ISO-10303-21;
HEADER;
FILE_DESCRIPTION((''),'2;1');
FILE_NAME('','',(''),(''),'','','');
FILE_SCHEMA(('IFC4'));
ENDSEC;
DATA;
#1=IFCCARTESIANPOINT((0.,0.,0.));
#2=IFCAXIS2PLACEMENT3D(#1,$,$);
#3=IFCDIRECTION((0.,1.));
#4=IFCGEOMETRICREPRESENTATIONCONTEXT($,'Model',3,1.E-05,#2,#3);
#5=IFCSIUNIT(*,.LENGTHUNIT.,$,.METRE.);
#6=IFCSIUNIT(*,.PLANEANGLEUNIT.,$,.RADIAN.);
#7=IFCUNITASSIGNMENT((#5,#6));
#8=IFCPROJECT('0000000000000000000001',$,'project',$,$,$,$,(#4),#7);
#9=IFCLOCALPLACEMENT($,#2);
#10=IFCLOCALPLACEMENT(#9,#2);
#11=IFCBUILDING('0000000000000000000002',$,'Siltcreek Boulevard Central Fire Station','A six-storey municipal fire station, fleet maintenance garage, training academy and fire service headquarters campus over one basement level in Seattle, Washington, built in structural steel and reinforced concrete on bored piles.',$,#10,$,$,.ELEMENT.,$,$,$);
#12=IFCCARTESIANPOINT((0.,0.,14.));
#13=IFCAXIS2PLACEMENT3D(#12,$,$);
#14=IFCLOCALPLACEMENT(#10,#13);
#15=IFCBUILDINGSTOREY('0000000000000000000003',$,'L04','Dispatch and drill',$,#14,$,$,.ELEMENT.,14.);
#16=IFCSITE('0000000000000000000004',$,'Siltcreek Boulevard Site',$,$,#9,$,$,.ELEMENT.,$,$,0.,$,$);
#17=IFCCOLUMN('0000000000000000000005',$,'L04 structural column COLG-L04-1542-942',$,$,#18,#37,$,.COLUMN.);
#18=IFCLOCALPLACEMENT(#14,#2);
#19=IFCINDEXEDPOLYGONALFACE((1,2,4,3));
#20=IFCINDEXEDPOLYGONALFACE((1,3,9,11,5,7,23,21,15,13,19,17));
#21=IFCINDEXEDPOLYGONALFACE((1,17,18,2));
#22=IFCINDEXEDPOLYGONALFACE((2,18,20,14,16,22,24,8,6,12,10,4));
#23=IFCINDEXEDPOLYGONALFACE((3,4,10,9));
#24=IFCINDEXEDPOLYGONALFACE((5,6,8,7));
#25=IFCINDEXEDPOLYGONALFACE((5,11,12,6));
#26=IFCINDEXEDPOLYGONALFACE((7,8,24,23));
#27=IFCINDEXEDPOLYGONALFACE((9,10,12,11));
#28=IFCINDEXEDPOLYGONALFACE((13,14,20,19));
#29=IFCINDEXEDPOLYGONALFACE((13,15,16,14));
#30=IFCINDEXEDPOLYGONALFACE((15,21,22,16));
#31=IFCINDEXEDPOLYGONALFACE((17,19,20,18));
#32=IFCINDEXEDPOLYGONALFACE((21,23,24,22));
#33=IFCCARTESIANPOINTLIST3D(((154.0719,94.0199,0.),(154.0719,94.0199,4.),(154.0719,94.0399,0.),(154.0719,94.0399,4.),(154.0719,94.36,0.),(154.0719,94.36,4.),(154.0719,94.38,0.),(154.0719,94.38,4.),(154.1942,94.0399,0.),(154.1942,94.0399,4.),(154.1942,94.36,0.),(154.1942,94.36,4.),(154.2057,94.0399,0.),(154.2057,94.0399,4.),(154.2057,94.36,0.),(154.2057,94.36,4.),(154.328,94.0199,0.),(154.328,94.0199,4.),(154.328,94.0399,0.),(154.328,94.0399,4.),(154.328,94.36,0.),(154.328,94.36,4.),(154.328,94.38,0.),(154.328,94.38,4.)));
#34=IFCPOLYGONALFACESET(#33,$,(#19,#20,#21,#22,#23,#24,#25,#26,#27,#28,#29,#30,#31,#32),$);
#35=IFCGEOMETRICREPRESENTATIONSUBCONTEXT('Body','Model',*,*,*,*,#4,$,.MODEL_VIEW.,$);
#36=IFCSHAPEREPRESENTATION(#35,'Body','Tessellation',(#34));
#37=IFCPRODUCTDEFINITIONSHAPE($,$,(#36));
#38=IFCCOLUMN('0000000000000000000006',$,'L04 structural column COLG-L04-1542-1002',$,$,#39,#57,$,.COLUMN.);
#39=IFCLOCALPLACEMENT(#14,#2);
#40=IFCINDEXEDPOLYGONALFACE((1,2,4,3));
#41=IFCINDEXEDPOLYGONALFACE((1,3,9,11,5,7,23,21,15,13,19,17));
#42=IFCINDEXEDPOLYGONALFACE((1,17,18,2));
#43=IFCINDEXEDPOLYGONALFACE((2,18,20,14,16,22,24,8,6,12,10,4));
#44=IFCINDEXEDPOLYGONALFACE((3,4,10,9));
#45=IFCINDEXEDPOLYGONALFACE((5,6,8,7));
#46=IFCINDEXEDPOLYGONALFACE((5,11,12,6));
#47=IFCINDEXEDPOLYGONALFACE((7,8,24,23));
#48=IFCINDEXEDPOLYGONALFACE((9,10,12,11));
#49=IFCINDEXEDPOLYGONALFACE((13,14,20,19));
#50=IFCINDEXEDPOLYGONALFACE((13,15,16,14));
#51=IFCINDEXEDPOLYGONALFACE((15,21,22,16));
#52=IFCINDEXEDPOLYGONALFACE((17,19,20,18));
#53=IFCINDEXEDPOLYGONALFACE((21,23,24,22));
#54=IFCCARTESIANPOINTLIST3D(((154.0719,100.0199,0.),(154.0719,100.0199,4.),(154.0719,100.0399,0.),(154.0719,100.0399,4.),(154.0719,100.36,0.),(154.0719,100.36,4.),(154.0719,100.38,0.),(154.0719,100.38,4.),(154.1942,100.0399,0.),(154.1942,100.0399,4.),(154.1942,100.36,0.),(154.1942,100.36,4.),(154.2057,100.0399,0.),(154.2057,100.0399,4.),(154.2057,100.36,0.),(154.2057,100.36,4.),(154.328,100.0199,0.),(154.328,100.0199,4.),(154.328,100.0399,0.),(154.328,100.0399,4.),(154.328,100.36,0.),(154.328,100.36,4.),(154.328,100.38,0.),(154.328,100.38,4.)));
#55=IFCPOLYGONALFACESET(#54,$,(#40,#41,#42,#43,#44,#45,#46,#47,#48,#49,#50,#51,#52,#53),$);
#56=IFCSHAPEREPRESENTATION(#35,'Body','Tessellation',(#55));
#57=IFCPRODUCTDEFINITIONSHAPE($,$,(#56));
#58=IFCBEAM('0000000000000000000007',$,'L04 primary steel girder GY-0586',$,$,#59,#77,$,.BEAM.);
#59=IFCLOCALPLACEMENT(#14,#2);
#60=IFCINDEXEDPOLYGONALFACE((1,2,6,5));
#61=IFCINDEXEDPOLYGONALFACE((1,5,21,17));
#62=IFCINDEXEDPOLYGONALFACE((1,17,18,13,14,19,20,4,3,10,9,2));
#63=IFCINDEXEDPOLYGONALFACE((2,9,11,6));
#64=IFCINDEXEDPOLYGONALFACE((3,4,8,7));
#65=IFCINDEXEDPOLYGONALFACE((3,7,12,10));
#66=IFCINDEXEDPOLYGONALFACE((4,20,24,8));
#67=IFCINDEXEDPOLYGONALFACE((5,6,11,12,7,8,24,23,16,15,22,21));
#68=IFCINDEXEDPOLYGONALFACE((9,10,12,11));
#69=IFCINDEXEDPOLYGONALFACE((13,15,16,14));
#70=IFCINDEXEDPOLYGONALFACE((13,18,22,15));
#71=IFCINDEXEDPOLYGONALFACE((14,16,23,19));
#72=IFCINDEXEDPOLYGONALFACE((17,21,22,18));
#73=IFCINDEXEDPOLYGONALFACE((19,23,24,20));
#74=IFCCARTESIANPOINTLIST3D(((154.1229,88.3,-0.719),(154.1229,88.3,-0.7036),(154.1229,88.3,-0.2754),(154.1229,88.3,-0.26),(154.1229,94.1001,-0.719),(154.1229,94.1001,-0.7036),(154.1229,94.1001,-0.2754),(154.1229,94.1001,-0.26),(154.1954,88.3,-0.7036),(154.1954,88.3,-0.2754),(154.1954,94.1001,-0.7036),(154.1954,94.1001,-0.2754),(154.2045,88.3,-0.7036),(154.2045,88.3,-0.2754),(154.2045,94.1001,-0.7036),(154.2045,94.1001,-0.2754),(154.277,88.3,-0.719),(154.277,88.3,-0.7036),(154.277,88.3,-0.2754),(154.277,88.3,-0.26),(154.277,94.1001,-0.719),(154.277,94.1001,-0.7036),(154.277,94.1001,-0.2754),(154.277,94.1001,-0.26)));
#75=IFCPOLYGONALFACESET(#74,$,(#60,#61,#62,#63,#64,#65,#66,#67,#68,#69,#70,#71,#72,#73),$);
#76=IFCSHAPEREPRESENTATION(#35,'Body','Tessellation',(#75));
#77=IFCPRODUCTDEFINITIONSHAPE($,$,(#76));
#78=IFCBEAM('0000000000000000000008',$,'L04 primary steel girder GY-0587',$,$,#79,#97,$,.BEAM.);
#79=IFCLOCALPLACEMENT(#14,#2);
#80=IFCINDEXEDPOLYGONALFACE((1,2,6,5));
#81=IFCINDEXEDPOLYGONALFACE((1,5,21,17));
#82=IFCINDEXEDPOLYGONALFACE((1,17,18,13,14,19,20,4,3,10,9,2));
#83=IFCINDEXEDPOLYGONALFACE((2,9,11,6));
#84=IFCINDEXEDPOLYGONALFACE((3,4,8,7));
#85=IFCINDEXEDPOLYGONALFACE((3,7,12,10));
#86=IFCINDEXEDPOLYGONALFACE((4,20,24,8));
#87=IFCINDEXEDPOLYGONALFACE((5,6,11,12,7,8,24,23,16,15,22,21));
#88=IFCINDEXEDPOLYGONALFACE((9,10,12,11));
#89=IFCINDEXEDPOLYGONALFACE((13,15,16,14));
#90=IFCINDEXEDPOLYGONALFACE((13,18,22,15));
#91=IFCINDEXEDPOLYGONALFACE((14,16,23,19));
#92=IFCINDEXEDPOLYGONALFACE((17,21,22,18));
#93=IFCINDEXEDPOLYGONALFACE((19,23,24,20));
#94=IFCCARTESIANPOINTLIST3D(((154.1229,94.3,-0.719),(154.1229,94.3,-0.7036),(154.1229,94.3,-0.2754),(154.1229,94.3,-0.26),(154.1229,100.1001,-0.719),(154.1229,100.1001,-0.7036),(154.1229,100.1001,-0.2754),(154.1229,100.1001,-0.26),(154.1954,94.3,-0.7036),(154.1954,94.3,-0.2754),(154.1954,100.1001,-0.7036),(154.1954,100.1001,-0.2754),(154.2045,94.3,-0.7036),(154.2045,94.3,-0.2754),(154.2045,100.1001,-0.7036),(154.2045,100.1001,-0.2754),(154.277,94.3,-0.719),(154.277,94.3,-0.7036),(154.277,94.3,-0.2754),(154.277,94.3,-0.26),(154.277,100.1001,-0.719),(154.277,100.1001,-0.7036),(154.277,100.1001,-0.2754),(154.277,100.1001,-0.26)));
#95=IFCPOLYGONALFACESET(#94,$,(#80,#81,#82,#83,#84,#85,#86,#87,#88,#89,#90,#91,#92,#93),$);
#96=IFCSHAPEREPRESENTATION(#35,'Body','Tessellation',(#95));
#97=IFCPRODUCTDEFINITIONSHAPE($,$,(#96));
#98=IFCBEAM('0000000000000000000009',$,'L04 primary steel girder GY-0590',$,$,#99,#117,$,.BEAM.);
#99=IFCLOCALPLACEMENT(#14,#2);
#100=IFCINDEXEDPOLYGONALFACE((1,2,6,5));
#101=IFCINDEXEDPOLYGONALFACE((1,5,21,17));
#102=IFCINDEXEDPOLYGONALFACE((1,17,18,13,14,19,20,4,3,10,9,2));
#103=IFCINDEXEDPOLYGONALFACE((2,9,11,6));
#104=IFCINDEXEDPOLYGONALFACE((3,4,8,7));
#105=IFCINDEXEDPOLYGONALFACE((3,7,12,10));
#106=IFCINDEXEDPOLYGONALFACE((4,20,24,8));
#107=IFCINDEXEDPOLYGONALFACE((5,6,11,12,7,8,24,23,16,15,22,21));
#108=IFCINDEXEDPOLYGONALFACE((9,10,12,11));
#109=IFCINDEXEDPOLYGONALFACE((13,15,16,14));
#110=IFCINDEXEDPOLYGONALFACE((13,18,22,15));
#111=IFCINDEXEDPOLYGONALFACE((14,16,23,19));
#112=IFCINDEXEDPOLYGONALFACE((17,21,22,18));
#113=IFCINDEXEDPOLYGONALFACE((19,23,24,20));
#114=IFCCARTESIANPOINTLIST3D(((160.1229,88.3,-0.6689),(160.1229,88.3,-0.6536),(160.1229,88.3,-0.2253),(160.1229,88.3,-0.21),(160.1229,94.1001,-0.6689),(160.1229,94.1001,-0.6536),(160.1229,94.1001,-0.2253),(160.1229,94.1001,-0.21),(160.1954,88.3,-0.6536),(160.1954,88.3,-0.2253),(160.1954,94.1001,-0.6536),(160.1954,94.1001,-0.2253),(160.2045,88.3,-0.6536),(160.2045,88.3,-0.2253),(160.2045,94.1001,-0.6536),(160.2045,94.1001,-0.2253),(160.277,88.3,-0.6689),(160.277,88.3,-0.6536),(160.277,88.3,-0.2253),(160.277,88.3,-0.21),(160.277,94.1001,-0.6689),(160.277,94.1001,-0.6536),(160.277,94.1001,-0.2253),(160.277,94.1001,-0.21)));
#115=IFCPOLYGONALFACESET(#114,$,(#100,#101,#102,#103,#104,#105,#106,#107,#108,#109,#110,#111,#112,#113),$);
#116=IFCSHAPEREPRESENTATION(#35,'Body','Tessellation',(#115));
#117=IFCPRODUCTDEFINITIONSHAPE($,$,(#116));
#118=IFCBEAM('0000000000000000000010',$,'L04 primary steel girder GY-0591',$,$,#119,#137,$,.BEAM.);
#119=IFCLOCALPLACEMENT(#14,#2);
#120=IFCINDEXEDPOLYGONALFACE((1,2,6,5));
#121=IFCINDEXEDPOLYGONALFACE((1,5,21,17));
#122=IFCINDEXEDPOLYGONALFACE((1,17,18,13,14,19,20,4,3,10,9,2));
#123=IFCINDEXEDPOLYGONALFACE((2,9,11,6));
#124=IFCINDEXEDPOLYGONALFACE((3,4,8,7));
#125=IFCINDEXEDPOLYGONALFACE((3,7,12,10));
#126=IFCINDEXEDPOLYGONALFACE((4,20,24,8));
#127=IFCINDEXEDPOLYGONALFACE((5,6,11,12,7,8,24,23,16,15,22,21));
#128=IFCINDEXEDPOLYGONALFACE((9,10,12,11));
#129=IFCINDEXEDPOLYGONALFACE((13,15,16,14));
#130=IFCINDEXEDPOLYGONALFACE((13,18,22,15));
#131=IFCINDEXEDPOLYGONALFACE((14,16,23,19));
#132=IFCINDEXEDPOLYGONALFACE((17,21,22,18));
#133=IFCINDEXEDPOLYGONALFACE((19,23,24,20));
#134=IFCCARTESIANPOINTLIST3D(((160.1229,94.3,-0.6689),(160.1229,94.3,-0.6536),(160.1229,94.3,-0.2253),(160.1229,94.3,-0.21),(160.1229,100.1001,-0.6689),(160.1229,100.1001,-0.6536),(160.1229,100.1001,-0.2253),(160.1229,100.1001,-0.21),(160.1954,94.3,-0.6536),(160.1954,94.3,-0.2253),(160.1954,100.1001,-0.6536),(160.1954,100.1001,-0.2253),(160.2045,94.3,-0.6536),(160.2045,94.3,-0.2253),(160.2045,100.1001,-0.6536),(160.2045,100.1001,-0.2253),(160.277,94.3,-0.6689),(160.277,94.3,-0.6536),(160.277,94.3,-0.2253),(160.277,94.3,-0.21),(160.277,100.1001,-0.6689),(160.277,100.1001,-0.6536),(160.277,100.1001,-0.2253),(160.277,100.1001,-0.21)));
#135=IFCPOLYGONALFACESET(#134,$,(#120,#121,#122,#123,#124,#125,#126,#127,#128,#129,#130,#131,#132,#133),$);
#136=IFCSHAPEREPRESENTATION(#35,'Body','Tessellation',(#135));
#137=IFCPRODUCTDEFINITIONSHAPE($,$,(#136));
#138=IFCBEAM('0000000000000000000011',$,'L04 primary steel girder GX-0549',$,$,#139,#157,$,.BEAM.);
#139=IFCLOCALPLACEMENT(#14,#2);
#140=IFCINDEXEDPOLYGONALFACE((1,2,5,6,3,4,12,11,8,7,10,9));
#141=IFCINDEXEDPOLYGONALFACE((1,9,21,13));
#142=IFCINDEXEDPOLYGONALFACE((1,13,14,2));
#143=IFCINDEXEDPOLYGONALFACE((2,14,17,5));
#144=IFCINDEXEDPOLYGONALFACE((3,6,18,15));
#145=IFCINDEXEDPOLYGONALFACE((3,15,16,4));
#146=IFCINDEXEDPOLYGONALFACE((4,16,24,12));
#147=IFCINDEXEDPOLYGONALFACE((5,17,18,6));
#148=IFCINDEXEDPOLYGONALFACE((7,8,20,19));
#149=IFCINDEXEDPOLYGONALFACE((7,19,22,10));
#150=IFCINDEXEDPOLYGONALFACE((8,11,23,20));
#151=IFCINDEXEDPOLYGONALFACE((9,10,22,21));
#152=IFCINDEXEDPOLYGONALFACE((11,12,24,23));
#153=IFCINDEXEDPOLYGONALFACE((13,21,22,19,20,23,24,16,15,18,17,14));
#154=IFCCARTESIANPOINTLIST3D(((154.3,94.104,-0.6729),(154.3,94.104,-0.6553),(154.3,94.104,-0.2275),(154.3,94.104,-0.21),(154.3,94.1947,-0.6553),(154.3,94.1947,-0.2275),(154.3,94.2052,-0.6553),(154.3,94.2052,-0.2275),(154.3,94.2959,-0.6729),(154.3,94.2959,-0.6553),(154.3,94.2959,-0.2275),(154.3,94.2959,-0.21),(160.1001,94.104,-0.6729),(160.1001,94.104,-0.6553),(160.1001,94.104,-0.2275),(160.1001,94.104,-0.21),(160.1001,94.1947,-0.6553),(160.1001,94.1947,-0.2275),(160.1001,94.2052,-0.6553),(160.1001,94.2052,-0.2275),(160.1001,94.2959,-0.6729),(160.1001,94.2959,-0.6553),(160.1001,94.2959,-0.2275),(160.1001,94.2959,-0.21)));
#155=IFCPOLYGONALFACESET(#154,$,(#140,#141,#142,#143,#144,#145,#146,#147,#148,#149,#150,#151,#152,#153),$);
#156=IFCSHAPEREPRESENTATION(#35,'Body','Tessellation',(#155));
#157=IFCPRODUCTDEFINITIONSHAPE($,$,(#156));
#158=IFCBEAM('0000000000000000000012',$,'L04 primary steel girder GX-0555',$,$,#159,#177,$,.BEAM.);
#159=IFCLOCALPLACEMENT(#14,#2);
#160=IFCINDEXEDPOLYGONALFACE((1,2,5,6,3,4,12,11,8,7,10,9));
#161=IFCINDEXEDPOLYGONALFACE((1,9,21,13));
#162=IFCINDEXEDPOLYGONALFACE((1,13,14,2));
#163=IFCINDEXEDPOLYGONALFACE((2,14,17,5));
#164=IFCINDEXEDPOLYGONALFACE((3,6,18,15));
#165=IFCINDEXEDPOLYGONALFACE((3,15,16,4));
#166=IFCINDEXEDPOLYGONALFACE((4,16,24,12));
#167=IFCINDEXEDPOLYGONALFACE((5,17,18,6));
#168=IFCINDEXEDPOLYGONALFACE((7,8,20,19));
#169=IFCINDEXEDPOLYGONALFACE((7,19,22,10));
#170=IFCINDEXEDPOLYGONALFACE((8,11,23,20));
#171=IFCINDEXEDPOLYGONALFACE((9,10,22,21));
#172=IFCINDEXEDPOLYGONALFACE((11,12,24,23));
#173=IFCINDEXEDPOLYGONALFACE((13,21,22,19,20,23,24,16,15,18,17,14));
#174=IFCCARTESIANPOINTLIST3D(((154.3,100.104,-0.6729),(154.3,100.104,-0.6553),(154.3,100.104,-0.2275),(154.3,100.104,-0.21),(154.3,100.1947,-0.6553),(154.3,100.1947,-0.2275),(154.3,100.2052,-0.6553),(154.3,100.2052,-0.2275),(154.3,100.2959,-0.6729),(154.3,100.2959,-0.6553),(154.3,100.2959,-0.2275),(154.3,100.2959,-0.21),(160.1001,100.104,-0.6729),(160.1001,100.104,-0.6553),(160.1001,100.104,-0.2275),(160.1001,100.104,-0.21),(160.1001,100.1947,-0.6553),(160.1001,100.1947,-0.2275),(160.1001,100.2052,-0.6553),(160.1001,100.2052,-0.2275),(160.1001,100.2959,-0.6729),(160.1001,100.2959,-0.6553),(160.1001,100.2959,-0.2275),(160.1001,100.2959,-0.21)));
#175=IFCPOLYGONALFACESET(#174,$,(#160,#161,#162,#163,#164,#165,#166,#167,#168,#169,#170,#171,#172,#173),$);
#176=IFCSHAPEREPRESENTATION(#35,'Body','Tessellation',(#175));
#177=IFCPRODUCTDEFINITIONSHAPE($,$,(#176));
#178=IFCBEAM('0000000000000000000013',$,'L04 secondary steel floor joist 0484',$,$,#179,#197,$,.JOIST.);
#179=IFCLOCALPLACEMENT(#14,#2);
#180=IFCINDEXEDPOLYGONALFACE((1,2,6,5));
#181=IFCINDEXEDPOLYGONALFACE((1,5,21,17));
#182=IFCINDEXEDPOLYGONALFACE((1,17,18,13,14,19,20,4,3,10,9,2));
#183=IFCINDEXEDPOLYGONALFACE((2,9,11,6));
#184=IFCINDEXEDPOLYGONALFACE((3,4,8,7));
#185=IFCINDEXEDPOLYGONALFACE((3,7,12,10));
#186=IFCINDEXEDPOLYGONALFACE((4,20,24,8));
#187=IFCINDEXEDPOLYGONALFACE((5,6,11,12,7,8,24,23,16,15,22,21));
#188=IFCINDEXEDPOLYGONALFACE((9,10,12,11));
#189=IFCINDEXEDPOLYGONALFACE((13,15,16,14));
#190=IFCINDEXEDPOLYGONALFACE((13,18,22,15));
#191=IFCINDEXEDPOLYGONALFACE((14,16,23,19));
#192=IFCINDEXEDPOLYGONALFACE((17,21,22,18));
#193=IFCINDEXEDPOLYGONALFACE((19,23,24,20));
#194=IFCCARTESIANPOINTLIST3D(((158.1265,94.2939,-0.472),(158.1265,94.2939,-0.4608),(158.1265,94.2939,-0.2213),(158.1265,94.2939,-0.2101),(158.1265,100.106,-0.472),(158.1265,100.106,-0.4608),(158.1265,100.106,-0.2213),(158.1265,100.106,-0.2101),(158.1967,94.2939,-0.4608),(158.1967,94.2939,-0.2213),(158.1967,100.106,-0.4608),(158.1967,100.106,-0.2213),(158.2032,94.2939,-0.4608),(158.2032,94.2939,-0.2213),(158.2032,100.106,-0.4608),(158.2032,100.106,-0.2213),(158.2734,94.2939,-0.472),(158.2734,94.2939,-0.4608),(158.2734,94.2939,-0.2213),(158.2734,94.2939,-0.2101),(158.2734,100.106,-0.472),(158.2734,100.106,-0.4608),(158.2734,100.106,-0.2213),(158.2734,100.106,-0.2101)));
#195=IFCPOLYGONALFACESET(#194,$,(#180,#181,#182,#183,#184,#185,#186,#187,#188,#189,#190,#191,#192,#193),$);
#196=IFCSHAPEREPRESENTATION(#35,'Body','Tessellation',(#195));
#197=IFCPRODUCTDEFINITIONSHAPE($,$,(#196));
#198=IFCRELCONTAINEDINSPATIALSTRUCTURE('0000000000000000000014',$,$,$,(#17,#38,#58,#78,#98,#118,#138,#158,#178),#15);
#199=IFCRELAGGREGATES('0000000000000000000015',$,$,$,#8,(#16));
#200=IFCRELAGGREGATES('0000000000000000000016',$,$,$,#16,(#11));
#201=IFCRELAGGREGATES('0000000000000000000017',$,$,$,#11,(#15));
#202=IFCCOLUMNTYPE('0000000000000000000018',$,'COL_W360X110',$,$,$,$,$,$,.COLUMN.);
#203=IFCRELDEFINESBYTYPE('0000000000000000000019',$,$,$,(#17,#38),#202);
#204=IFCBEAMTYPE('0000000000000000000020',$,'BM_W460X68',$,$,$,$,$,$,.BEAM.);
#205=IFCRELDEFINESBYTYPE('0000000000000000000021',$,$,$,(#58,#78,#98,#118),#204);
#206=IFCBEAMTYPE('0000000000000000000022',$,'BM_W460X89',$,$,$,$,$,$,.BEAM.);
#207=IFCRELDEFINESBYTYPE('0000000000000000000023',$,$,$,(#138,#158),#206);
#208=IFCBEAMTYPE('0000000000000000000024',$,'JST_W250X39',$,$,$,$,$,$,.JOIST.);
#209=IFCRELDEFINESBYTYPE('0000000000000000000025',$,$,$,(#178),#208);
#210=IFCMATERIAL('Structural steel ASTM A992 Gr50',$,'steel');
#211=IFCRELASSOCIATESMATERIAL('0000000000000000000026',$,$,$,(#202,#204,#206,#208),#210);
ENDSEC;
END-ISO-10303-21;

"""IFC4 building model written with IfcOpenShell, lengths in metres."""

from ifc_helpers import new_model, si_unit, direction, frame, origin, origin_2d, place, context, subcontext, project, spatial, i_section, extrude, material, material_profile, profile_set, type_object, element, save


model = new_model("IFC4")

# Units and contexts
model_context = context("Model", 3, precision=1e-05, world=origin(), true_north=direction((0.0, 1.0)))
body_context = subcontext(model_context, "Body", "Model", "MODEL_VIEW")
ifc_project = project(units=[si_unit("LENGTHUNIT", "METRE"), si_unit("PLANEANGLEUNIT", "RADIAN")], contexts=[model_context])

# Site, building, storey
site_placement = place(None, origin())
site = spatial("IfcSite", under=ifc_project, at=site_placement, Name="Siltcreek Boulevard Site", CompositionType="ELEMENT", RefElevation=0.0)
building_placement = place(site_placement, origin())
building = spatial("IfcBuilding", under=site, at=building_placement, Name="Siltcreek Boulevard Central Fire Station", Description="A six-storey municipal fire station, fleet maintenance garage, training academy and fire service headquarters campus over one basement level in Seattle, Washington, built in structural steel and reinforced concrete on bored piles.", CompositionType="ELEMENT")
storey_placement = place(building_placement, frame((0.0, 0.0, 14.0)))
storey = spatial("IfcBuildingStorey", under=building, at=storey_placement, Name="L04", Description="Dispatch and drill", CompositionType="ELEMENT", Elevation=14.0)

# Columns
ifc_material_1 = material(Name="Structural steel ASTM A992 Gr50", Category="steel")
ifc_material_profile_1 = material_profile(ifc_material_1, i_section(OverallWidth=0.2561, OverallDepth=0.3601, WebThickness=0.0115, FlangeThickness=0.02, at=origin_2d()), Name="W360X110")
ifc_profile_set_1 = profile_set([ifc_material_profile_1], Name="Structural steel ASTM A992 Gr50")
column_type = type_object("IfcColumnType", Name="COL_W360X110", PredefinedType="COLUMN", material=ifc_profile_set_1)
for number, where, z_axis, x_axis, name in (
    (1, (154.2, 94.2, 0.0), (0.0, 0.0, 1.0), (1.0, 0.0, 0.0), "L04 structural column COLG-L04-1542-942"),
    (2, (154.2, 100.2, 0.0), (0.0, 0.0, 1.0), (1.0, 0.0, 0.0), "L04 structural column COLG-L04-1542-1002"),
):
    element("IfcColumn", number, at=place(storey_placement, frame(where, z_axis=z_axis, x_axis=x_axis)), inside=storey, type_object=column_type, Name=name, PredefinedType="COLUMN", context=body_context, shape_type="SweptSolid", body=[
        extrude(i_section(OverallWidth=0.2561, OverallDepth=0.3601, WebThickness=0.0115, FlangeThickness=0.02, at=origin_2d()), origin(), (0.0, 0.0, 1.0), 4.0),
    ])

# Beams
ifc_material_profile_2 = material_profile(ifc_material_1, i_section(OverallWidth=0.1541, OverallDepth=0.459, WebThickness=0.009, FlangeThickness=0.0154, at=origin_2d()), Name="W460X68")
ifc_profile_set_2 = profile_set([ifc_material_profile_2], Name="Structural steel ASTM A992 Gr50")
beam_type_1 = type_object("IfcBeamType", Name="BM_W460X68", PredefinedType="BEAM", material=ifc_profile_set_2)
for number, where, z_axis, x_axis, name in (
    (3, (154.2, 88.3, -0.4895), (0.0, 1.0, 0.0), (-1.0, 0.0, 0.0), "L04 primary steel girder GY-0586"),
    (4, (154.2, 94.3, -0.4895), (0.0, 1.0, 0.0), (-1.0, 0.0, 0.0), "L04 primary steel girder GY-0587"),
    (5, (160.2, 88.3, -0.4395), (0.0, 1.0, 0.0), (-1.0, 0.0, 0.0), "L04 primary steel girder GY-0590"),
    (6, (160.2, 94.3, -0.4395), (0.0, 1.0, 0.0), (-1.0, 0.0, 0.0), "L04 primary steel girder GY-0591"),
):
    element("IfcBeam", number, at=place(storey_placement, frame(where, z_axis=z_axis, x_axis=x_axis)), inside=storey, type_object=beam_type_1, Name=name, PredefinedType="BEAM", context=body_context, shape_type="SweptSolid", body=[
        extrude(i_section(OverallWidth=0.1541, OverallDepth=0.459, WebThickness=0.009, FlangeThickness=0.0154, at=origin_2d()), origin(), (0.0, 0.0, 1.0), 5.8),
    ])
ifc_material_profile_3 = material_profile(ifc_material_1, i_section(OverallWidth=0.1919, OverallDepth=0.4629, WebThickness=0.0105, FlangeThickness=0.0176, at=origin_2d()), Name="W460X89")
ifc_profile_set_3 = profile_set([ifc_material_profile_3], Name="Structural steel ASTM A992 Gr50")
beam_type_2 = type_object("IfcBeamType", Name="BM_W460X89", PredefinedType="BEAM", material=ifc_profile_set_3)
for number, where, z_axis, x_axis, name in (
    (7, (154.3, 94.2, -0.4414), (1.0, 0.0, 0.0), (0.0, 1.0, 0.0), "L04 primary steel girder GX-0549"),
    (8, (154.3, 100.2, -0.4414), (1.0, 0.0, 0.0), (0.0, 1.0, 0.0), "L04 primary steel girder GX-0555"),
):
    element("IfcBeam", number, at=place(storey_placement, frame(where, z_axis=z_axis, x_axis=x_axis)), inside=storey, type_object=beam_type_2, Name=name, PredefinedType="BEAM", context=body_context, shape_type="SweptSolid", body=[
        extrude(i_section(OverallWidth=0.1919, OverallDepth=0.4629, WebThickness=0.0105, FlangeThickness=0.0176, at=origin_2d()), origin(), (0.0, 0.0, 1.0), 5.8),
    ])
ifc_material_profile_4 = material_profile(ifc_material_1, i_section(OverallWidth=0.147, OverallDepth=0.262, WebThickness=0.0066, FlangeThickness=0.0112, at=origin_2d()), Name="W250X39")
ifc_profile_set_4 = profile_set([ifc_material_profile_4], Name="Structural steel ASTM A992 Gr50")
beam_type_3 = type_object("IfcBeamType", Name="JST_W250X39", PredefinedType="JOIST", material=ifc_profile_set_4)
beam_1_placement = place(storey_placement, frame((158.2, 94.2939, -0.3411), z_axis=(0.0, 1.0, 0.0), x_axis=(-1.0, 0.0, 0.0)))
element("IfcBeam", 9, at=beam_1_placement, inside=storey, type_object=beam_type_3, Name="L04 secondary steel floor joist 0484", PredefinedType="JOIST", context=body_context, shape_type="SweptSolid", body=[
    extrude(i_section(OverallWidth=0.147, OverallDepth=0.262, WebThickness=0.0066, FlangeThickness=0.0112, at=origin_2d()), origin(), (0.0, 0.0, 1.0), 5.812),
])

save(model, "model.ifc")
